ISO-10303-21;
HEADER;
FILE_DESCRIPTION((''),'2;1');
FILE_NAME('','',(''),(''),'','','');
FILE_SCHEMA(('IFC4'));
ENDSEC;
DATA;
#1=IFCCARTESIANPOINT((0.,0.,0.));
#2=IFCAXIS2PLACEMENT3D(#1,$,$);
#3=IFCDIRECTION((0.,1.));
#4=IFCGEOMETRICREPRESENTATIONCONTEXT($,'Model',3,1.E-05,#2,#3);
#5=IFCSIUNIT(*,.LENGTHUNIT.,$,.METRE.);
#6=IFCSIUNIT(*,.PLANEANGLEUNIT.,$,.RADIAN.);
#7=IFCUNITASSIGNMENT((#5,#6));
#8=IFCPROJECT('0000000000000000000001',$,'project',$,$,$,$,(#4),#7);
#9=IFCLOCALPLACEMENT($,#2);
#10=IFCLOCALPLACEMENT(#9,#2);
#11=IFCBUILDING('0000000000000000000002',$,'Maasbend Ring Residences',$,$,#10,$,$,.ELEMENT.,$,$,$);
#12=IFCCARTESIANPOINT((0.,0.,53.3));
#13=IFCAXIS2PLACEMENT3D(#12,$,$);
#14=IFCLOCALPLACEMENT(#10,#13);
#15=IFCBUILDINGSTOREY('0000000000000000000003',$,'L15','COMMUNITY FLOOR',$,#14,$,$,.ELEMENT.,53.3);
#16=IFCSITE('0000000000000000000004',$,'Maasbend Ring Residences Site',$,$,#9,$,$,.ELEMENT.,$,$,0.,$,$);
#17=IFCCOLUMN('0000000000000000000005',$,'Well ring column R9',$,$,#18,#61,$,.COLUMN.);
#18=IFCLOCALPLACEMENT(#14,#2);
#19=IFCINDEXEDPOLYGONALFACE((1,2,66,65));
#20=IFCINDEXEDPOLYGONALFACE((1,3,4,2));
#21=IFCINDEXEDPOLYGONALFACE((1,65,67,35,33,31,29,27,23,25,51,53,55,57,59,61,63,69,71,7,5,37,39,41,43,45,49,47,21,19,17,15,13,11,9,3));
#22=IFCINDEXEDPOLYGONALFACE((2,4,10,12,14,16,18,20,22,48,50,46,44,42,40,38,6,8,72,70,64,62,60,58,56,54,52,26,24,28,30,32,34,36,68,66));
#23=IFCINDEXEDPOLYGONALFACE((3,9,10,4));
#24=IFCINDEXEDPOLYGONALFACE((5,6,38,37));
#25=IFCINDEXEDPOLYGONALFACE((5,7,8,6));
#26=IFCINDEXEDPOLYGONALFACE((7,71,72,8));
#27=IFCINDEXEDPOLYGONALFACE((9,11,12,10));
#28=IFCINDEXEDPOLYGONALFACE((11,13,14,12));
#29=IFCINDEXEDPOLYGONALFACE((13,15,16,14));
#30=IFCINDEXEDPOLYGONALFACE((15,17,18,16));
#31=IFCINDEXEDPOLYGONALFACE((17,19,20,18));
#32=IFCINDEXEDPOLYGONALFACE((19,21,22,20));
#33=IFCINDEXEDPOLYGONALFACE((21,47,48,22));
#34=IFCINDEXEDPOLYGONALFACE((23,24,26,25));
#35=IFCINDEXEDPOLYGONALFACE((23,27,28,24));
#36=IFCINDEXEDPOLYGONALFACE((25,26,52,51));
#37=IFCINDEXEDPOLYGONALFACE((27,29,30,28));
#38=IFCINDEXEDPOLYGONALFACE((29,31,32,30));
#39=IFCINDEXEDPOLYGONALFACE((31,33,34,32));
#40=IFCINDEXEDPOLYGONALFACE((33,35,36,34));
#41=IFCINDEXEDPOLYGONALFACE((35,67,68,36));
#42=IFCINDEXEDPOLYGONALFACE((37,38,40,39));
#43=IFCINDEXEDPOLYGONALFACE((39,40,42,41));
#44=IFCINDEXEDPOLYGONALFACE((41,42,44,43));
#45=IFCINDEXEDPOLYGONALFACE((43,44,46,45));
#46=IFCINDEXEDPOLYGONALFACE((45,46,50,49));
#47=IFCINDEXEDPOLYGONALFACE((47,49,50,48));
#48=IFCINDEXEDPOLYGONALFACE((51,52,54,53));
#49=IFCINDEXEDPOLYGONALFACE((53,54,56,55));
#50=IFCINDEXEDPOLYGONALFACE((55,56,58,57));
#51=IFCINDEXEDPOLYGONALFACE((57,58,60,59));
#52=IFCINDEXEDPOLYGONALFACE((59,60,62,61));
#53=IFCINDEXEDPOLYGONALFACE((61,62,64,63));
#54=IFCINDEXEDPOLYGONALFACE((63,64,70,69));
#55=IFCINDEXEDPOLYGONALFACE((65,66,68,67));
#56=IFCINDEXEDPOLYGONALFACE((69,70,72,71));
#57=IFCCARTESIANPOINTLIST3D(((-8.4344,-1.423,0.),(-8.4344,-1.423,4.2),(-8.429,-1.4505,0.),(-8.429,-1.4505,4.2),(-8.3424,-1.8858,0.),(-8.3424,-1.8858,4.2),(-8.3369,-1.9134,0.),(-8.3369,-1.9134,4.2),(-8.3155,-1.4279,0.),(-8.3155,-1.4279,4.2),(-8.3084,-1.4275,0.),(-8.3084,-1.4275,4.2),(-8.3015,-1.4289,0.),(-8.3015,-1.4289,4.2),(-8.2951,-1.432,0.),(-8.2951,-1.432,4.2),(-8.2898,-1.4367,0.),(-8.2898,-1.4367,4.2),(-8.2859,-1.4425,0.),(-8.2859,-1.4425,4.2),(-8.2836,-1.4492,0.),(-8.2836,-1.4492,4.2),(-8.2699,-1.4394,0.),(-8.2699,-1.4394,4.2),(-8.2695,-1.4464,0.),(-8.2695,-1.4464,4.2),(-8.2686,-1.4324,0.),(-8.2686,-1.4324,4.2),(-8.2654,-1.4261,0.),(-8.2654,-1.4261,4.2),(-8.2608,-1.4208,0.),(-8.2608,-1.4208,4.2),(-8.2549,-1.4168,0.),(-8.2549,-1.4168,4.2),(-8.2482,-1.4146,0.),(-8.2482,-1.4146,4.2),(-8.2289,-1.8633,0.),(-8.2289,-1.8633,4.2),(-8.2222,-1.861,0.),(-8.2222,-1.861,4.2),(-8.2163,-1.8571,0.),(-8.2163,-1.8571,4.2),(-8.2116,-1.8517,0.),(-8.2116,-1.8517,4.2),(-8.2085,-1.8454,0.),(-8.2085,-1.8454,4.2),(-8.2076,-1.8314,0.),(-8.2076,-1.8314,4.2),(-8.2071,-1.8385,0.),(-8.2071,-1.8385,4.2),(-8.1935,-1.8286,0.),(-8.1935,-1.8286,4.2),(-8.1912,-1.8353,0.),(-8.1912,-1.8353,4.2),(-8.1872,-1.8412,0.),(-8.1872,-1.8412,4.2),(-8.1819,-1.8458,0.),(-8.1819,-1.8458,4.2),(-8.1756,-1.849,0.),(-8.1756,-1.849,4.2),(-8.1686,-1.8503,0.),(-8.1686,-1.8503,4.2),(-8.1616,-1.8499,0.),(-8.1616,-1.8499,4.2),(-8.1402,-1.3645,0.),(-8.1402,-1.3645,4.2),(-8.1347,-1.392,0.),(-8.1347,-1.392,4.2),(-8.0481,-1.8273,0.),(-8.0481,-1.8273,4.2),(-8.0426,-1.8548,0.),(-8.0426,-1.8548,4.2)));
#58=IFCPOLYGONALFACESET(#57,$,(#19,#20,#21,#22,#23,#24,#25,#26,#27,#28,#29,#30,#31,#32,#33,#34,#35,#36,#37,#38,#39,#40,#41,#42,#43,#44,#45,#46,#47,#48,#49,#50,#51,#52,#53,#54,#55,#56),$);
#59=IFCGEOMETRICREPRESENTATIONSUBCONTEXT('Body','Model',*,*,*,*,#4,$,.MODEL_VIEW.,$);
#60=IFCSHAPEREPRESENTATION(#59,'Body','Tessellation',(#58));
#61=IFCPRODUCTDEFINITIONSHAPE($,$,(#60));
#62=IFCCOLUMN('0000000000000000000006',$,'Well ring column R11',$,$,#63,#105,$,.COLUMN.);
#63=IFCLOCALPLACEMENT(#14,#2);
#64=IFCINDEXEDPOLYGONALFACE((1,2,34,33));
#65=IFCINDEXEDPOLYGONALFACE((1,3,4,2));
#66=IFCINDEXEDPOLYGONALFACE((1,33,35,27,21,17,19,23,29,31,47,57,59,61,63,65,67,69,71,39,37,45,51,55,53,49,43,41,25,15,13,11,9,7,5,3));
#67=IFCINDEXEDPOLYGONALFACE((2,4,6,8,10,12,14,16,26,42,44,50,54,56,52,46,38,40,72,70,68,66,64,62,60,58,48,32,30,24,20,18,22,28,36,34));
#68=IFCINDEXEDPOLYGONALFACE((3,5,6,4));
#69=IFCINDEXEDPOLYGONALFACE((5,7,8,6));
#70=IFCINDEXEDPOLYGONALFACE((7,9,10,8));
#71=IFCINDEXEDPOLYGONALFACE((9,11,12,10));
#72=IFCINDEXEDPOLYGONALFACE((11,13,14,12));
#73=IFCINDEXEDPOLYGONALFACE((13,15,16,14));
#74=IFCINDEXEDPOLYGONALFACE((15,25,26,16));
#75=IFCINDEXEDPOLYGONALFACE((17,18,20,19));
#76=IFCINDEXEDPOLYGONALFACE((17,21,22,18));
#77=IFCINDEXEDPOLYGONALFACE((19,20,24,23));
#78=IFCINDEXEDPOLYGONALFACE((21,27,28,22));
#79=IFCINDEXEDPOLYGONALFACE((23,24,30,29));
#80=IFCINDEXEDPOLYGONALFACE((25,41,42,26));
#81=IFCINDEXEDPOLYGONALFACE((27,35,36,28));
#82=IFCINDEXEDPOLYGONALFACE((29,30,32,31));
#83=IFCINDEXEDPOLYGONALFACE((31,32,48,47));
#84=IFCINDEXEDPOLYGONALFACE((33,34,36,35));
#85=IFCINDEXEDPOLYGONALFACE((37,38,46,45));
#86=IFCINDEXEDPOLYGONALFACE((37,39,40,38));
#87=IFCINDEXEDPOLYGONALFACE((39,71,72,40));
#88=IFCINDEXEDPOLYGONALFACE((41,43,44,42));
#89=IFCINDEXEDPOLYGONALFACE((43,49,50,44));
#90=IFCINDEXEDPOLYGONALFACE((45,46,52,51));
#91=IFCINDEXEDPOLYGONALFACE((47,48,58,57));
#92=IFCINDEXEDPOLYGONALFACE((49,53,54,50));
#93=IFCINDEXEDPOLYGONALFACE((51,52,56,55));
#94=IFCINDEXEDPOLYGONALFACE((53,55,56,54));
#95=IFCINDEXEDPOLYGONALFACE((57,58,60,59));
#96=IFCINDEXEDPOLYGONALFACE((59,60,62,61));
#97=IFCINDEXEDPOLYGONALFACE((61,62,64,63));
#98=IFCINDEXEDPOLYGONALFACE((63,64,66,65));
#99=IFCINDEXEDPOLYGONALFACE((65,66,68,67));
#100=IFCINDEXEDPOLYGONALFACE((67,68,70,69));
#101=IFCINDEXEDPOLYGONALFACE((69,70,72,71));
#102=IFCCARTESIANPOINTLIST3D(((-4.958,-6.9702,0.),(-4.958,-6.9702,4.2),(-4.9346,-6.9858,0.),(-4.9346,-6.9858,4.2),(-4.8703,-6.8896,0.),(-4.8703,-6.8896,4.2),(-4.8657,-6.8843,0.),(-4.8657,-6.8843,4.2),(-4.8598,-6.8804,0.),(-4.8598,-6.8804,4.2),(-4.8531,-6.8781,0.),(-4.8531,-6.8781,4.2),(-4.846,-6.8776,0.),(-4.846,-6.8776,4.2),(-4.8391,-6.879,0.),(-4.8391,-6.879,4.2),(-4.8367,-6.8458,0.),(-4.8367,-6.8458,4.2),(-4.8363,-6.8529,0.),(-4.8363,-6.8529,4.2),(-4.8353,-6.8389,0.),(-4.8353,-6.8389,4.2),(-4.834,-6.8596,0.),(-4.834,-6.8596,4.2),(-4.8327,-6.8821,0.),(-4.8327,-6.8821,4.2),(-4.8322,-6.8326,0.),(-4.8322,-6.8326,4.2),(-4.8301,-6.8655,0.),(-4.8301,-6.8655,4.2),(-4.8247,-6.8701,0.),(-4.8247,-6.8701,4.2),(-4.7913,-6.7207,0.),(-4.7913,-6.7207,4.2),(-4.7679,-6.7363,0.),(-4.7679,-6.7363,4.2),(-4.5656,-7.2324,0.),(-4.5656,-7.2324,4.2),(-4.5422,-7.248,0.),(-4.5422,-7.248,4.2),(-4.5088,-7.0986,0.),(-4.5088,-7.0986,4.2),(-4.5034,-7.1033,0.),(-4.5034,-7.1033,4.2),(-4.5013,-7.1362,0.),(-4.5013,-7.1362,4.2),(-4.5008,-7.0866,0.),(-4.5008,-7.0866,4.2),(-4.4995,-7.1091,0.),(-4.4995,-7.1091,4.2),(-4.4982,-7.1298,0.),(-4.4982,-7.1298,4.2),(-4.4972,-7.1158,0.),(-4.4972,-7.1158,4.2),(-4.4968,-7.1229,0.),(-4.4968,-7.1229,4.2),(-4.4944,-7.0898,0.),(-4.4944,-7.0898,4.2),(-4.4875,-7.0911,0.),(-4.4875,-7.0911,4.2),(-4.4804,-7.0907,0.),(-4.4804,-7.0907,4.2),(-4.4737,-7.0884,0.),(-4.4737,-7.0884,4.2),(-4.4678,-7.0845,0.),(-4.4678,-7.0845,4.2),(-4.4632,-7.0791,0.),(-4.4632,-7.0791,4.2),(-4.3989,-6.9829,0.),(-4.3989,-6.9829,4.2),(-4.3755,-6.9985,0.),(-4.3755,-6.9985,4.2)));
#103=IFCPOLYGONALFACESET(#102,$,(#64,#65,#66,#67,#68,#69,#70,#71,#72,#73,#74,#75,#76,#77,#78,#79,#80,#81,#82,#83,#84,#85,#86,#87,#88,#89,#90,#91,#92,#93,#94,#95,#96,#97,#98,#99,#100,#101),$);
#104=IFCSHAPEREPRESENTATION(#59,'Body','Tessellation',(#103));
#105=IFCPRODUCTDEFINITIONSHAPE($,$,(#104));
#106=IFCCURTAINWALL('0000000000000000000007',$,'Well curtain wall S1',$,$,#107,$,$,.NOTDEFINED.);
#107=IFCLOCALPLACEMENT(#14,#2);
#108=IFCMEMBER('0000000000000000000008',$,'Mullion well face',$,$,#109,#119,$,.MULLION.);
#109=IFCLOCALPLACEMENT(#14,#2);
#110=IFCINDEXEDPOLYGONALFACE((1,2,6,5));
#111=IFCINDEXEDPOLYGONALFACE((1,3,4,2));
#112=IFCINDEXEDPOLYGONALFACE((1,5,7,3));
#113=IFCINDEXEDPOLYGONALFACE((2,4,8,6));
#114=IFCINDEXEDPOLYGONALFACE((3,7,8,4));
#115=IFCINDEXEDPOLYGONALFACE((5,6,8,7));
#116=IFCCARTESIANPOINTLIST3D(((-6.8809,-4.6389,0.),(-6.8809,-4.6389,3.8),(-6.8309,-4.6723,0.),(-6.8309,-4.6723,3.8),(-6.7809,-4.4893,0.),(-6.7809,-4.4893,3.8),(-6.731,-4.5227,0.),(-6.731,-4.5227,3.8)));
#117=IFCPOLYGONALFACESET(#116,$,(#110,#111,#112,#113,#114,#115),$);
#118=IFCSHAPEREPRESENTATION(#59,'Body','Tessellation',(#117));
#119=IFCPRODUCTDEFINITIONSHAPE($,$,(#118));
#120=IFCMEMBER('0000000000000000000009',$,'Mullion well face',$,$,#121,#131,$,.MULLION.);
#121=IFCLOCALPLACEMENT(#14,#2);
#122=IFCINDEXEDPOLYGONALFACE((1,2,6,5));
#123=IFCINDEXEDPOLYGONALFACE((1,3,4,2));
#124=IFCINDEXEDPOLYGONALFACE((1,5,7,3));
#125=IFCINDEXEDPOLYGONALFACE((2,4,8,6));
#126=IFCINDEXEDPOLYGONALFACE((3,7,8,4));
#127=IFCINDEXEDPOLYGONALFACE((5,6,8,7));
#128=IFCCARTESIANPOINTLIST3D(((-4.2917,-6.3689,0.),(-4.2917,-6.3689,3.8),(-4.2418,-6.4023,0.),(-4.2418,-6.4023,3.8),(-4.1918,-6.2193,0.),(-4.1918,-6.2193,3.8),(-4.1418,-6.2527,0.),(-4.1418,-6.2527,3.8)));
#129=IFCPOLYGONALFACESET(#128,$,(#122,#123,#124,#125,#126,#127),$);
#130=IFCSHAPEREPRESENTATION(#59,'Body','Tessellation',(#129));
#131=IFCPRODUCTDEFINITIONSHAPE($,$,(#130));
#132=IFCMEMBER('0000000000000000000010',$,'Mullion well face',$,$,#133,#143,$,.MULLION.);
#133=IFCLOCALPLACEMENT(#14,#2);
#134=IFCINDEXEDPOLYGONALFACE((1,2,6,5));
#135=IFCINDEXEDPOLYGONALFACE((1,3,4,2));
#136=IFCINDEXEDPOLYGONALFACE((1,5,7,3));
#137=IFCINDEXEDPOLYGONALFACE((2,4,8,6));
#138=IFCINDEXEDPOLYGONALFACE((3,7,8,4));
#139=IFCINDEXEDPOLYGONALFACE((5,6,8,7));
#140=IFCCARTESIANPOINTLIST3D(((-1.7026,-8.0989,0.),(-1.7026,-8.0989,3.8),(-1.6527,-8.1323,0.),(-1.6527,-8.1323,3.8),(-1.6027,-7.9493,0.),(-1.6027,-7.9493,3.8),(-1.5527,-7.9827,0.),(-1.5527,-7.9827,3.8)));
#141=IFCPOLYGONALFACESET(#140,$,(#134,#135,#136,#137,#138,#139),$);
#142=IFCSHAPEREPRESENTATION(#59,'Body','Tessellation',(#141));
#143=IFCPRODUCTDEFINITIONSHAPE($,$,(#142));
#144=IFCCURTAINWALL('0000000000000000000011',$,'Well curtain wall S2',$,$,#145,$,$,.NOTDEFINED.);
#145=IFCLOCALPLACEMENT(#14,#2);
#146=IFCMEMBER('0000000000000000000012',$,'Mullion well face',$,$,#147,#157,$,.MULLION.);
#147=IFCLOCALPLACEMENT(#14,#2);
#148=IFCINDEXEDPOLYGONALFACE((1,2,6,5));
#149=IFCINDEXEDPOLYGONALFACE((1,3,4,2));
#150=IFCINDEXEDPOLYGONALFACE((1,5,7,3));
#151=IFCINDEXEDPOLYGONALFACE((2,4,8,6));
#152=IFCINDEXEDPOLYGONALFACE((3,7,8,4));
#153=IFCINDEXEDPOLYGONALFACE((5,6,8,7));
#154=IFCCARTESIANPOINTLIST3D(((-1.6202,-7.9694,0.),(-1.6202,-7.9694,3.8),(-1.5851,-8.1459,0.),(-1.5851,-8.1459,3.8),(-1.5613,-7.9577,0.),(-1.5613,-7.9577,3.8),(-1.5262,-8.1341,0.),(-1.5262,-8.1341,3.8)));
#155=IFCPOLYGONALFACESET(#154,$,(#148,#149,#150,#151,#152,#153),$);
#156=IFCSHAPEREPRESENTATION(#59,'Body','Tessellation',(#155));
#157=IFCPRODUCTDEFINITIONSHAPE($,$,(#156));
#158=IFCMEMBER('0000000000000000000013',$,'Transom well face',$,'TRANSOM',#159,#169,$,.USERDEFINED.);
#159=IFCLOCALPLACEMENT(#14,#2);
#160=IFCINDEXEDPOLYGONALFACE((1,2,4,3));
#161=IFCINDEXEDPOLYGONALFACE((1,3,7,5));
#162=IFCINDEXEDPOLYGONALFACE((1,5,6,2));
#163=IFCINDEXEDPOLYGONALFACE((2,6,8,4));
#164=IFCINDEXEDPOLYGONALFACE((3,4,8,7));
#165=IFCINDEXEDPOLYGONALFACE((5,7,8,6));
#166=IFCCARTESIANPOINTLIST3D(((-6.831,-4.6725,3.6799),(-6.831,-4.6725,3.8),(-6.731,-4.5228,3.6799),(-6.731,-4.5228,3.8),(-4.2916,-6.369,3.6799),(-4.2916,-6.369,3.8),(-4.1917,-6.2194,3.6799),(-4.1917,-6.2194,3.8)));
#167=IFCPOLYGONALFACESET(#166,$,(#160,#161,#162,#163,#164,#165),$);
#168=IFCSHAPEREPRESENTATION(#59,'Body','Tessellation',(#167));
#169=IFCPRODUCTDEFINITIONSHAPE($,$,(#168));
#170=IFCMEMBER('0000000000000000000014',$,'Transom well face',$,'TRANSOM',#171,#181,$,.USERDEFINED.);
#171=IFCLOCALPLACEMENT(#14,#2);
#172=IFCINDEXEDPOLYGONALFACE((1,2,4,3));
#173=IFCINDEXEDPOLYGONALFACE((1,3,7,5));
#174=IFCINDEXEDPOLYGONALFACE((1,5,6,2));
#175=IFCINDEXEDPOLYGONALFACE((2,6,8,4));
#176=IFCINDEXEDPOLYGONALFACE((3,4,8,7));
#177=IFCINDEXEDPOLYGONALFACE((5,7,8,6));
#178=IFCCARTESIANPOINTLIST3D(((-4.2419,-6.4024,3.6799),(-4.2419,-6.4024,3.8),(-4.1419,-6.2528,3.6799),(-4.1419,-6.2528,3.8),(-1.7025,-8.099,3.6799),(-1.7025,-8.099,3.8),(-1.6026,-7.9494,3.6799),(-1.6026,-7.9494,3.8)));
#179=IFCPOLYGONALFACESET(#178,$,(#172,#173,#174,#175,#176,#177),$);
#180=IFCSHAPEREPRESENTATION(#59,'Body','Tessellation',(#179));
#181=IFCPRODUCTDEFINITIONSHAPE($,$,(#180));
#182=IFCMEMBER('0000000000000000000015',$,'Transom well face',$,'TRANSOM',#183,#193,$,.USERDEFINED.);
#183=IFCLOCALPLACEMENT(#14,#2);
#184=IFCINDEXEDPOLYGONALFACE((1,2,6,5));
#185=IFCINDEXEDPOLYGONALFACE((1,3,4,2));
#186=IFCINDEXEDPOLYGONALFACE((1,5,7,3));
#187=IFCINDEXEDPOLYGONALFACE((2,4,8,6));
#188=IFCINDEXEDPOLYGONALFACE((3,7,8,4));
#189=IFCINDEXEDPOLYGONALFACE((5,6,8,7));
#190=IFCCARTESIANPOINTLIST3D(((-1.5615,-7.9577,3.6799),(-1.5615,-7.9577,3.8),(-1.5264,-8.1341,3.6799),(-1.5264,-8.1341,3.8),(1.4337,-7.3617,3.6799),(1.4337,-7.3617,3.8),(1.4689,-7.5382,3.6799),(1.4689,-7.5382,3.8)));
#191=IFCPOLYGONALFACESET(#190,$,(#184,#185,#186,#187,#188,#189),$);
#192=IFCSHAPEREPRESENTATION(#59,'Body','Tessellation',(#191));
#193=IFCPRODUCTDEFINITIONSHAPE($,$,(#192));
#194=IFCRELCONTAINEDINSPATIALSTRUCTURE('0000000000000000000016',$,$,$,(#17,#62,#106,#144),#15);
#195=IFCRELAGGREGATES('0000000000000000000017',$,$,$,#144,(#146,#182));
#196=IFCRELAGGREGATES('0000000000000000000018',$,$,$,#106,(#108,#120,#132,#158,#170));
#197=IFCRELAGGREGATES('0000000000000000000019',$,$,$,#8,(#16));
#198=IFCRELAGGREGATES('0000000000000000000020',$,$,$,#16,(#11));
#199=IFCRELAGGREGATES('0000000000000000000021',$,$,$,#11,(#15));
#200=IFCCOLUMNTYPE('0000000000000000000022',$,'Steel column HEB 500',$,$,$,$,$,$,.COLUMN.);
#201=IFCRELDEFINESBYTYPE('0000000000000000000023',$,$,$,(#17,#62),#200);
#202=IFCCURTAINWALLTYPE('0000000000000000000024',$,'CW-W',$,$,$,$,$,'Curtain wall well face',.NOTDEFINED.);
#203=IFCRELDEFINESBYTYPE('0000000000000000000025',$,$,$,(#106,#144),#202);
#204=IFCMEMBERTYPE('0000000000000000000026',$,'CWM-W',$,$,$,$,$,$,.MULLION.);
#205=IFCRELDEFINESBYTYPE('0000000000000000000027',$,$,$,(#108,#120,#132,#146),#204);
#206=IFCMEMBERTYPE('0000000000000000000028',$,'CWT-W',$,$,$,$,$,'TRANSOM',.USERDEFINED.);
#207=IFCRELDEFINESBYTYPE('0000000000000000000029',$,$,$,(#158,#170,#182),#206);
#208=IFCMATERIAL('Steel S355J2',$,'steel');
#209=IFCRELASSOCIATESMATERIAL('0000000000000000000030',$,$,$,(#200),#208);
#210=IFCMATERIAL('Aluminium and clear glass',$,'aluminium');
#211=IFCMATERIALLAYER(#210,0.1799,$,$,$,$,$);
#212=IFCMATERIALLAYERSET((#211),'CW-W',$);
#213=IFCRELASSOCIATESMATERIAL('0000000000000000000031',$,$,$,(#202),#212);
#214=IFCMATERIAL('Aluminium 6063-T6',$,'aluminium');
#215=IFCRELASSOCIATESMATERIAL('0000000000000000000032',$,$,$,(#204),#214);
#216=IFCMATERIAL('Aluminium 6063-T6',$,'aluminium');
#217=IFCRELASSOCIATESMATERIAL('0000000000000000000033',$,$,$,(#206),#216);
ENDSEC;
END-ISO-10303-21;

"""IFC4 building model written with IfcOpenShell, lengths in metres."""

from ifc_helpers import new_model, si_unit, direction, frame, origin, origin_2d, place, context, subcontext, project, spatial, rectangle, i_section, extrude, material, layer, layer_set, material_profile, profile_set, type_object, element, aggregate, save


model = new_model("IFC4")

# Units and contexts
model_context = context("Model", 3, precision=1e-05, world=origin(), true_north=direction((0.0, 1.0)))
body_context = subcontext(model_context, "Body", "Model", "MODEL_VIEW")
ifc_project = project(units=[si_unit("LENGTHUNIT", "METRE"), si_unit("PLANEANGLEUNIT", "RADIAN")], contexts=[model_context])

# Site, building, storey
site_placement = place(None, origin())
site = spatial("IfcSite", under=ifc_project, at=site_placement, Name="Maasbend Ring Residences Site", CompositionType="ELEMENT", RefElevation=0.0)
building_placement = place(site_placement, origin())
building = spatial("IfcBuilding", under=site, at=building_placement, Name="Maasbend Ring Residences", CompositionType="ELEMENT")
storey_placement = place(building_placement, frame((0.0, 0.0, 53.3)))
storey = spatial("IfcBuildingStorey", under=building, at=storey_placement, Name="L15", Description="COMMUNITY FLOOR", CompositionType="ELEMENT", Elevation=53.3)

# Columns
ifc_material_1 = material(Name="Steel S355J2", Category="steel")
ifc_material_profile_1 = material_profile(ifc_material_1, i_section(OverallWidth=0.3, OverallDepth=0.5, WebThickness=0.0144, FlangeThickness=0.0281, FilletRadius=0.0271, at=origin_2d()), Name="HEB 500")
ifc_profile_set_1 = profile_set([ifc_material_profile_1], Name="Steel S355J2")
column_type = type_object("IfcColumnType", Name="Steel column HEB 500", PredefinedType="COLUMN", material=ifc_profile_set_1)
for number, where, z_axis, x_axis, name in (
    (1, (-8.2385, -1.6389, 0.0), (0.0, 0.0, 1.0), (-0.980785, -0.19509, 0.0), "Well ring column R9"),
    (2, (-4.6667, -6.9844, 0.0), (0.0, 0.0, 1.0), (-0.55557, -0.83147, 0.0), "Well ring column R11"),
):
    element("IfcColumn", number, at=place(storey_placement, frame(where, z_axis=z_axis, x_axis=x_axis)), inside=storey, type_object=column_type, Name=name, PredefinedType="COLUMN", context=body_context, shape_type="SweptSolid", body=[
        extrude(i_section(OverallWidth=0.3, OverallDepth=0.5, WebThickness=0.0144, FlangeThickness=0.0281, FilletRadius=0.0271, at=origin_2d()), origin(), (0.0, 0.0, 1.0), 4.2),
    ])

# Curtain wall, members
ifc_material_2 = material(Name="Aluminium and clear glass", Category="aluminium")
ifc_layer_1 = layer(ifc_material_2, 0.1799)
ifc_layer_set_1 = layer_set([ifc_layer_1], Name="CW-W")
curtain_wall_type = type_object("IfcCurtainWallType", Name="CW-W", ElementType="Curtain wall well face", PredefinedType="NOTDEFINED", material=ifc_layer_set_1)
curtain_wall_1_placement = place(storey_placement, origin())
curtain_wall_1 = element("IfcCurtainWall", 3, at=curtain_wall_1_placement, inside=storey, type_object=curtain_wall_type, Name="Well curtain wall S1", PredefinedType="NOTDEFINED")
ifc_material_3 = material(Name="Aluminium 6063-T6", Category="aluminium")
ifc_material_profile_2 = material_profile(ifc_material_3, rectangle(XDim=0.1799, YDim=0.0601, at=origin_2d()), Name="AL 180x60")
ifc_profile_set_2 = profile_set([ifc_material_profile_2], Name="Aluminium 6063-T6")
member_type_1 = type_object("IfcMemberType", Name="CWM-W", PredefinedType="MULLION", material=ifc_profile_set_2)
member_1_placement = place(storey_placement, frame((-6.8059, -4.5808, 0.0), z_axis=(0.0, 0.0, 1.0), x_axis=(0.55557, 0.83147, 0.0)))
member_1 = element("IfcMember", 4, at=member_1_placement, type_object=member_type_1, Name="Mullion well face", PredefinedType="MULLION", context=body_context, shape_type="SweptSolid", body=[
    extrude(rectangle(XDim=0.1799, YDim=0.0601, at=origin_2d()), origin(), (0.0, 0.0, 1.0), 3.8),
])
member_2_placement = place(storey_placement, frame((-4.2168, -6.3108, 0.0), z_axis=(0.0, 0.0, 1.0), x_axis=(0.55557, 0.83147, 0.0)))
member_2 = element("IfcMember", 5, at=member_2_placement, type_object=member_type_1, Name="Mullion well face", PredefinedType="MULLION", context=body_context, shape_type="SweptSolid", body=[
    extrude(rectangle(XDim=0.1799, YDim=0.0601, at=origin_2d()), origin(), (0.0, 0.0, 1.0), 3.8),
])
member_3_placement = place(storey_placement, frame((-1.6277, -8.0408, 0.0), z_axis=(0.0, 0.0, 1.0), x_axis=(0.55557, 0.83147, 0.0)))
member_3 = element("IfcMember", 6, at=member_3_placement, type_object=member_type_1, Name="Mullion well face", PredefinedType="MULLION", context=body_context, shape_type="SweptSolid", body=[
    extrude(rectangle(XDim=0.1799, YDim=0.0601, at=origin_2d()), origin(), (0.0, 0.0, 1.0), 3.8),
])

# Curtain wall, member
curtain_wall_2_placement = place(storey_placement, origin())
curtain_wall_2 = element("IfcCurtainWall", 7, at=curtain_wall_2_placement, inside=storey, type_object=curtain_wall_type, Name="Well curtain wall S2", PredefinedType="NOTDEFINED")
member_4_placement = place(storey_placement, frame((-1.5732, -8.0518, 0.0), z_axis=(0.0, 0.0, 1.0), x_axis=(-0.19509, 0.980785, 0.0)))
member_4 = element("IfcMember", 8, at=member_4_placement, type_object=member_type_1, Name="Mullion well face", PredefinedType="MULLION", context=body_context, shape_type="SweptSolid", body=[
    extrude(rectangle(XDim=0.1799, YDim=0.0601, at=origin_2d()), origin(), (0.0, 0.0, 1.0), 3.8),
])

# Members
ifc_material_4 = material(Name="Aluminium 6063-T6", Category="aluminium")
ifc_material_profile_3 = material_profile(ifc_material_4, rectangle(XDim=0.1799, YDim=0.1201, at=origin_2d()), Name="AL 180x120")
ifc_profile_set_3 = profile_set([ifc_material_profile_3], Name="Aluminium 6063-T6")
member_type_2 = type_object("IfcMemberType", Name="CWT-W", ElementType="TRANSOM", PredefinedType="USERDEFINED", material=ifc_profile_set_3)
member_5_placement = place(storey_placement, frame((-6.781, -4.5977, 3.74), z_axis=(0.831496, -0.55553, 0.0), x_axis=(0.55553, 0.831496, 0.0)))
member_5 = element("IfcMember", 9, at=member_5_placement, type_object=member_type_2, Name="Transom well face", ObjectType="TRANSOM", PredefinedType="USERDEFINED", context=body_context, shape_type="SweptSolid", body=[
    extrude(rectangle(XDim=0.1799, YDim=0.1201, at=origin_2d()), origin(), (0.0, 0.0, 1.0), 3.054),
])
member_6_placement = place(storey_placement, frame((-4.1919, -6.3276, 3.74), z_axis=(0.831496, -0.55553, 0.0), x_axis=(0.55553, 0.831496, 0.0)))
member_6 = element("IfcMember", 10, at=member_6_placement, type_object=member_type_2, Name="Transom well face", ObjectType="TRANSOM", PredefinedType="USERDEFINED", context=body_context, shape_type="SweptSolid", body=[
    extrude(rectangle(XDim=0.1799, YDim=0.1201, at=origin_2d()), origin(), (0.0, 0.0, 1.0), 3.054),
])
member_7_placement = place(storey_placement, frame((-1.5439, -8.0459, 3.74), z_axis=(0.980777, 0.195132, 0.0), x_axis=(-0.195132, 0.980777, 0.0)))
member_7 = element("IfcMember", 11, at=member_7_placement, type_object=member_type_2, Name="Transom well face", ObjectType="TRANSOM", PredefinedType="USERDEFINED", context=body_context, shape_type="SweptSolid", body=[
    extrude(rectangle(XDim=0.1799, YDim=0.1201, at=origin_2d()), origin(), (0.0, 0.0, 1.0), 3.054),
])
aggregate(curtain_wall_2, [member_4, member_7])

aggregate(curtain_wall_1, [member_1, member_2, member_3, member_5, member_6])

save(model, "model.ifc")
